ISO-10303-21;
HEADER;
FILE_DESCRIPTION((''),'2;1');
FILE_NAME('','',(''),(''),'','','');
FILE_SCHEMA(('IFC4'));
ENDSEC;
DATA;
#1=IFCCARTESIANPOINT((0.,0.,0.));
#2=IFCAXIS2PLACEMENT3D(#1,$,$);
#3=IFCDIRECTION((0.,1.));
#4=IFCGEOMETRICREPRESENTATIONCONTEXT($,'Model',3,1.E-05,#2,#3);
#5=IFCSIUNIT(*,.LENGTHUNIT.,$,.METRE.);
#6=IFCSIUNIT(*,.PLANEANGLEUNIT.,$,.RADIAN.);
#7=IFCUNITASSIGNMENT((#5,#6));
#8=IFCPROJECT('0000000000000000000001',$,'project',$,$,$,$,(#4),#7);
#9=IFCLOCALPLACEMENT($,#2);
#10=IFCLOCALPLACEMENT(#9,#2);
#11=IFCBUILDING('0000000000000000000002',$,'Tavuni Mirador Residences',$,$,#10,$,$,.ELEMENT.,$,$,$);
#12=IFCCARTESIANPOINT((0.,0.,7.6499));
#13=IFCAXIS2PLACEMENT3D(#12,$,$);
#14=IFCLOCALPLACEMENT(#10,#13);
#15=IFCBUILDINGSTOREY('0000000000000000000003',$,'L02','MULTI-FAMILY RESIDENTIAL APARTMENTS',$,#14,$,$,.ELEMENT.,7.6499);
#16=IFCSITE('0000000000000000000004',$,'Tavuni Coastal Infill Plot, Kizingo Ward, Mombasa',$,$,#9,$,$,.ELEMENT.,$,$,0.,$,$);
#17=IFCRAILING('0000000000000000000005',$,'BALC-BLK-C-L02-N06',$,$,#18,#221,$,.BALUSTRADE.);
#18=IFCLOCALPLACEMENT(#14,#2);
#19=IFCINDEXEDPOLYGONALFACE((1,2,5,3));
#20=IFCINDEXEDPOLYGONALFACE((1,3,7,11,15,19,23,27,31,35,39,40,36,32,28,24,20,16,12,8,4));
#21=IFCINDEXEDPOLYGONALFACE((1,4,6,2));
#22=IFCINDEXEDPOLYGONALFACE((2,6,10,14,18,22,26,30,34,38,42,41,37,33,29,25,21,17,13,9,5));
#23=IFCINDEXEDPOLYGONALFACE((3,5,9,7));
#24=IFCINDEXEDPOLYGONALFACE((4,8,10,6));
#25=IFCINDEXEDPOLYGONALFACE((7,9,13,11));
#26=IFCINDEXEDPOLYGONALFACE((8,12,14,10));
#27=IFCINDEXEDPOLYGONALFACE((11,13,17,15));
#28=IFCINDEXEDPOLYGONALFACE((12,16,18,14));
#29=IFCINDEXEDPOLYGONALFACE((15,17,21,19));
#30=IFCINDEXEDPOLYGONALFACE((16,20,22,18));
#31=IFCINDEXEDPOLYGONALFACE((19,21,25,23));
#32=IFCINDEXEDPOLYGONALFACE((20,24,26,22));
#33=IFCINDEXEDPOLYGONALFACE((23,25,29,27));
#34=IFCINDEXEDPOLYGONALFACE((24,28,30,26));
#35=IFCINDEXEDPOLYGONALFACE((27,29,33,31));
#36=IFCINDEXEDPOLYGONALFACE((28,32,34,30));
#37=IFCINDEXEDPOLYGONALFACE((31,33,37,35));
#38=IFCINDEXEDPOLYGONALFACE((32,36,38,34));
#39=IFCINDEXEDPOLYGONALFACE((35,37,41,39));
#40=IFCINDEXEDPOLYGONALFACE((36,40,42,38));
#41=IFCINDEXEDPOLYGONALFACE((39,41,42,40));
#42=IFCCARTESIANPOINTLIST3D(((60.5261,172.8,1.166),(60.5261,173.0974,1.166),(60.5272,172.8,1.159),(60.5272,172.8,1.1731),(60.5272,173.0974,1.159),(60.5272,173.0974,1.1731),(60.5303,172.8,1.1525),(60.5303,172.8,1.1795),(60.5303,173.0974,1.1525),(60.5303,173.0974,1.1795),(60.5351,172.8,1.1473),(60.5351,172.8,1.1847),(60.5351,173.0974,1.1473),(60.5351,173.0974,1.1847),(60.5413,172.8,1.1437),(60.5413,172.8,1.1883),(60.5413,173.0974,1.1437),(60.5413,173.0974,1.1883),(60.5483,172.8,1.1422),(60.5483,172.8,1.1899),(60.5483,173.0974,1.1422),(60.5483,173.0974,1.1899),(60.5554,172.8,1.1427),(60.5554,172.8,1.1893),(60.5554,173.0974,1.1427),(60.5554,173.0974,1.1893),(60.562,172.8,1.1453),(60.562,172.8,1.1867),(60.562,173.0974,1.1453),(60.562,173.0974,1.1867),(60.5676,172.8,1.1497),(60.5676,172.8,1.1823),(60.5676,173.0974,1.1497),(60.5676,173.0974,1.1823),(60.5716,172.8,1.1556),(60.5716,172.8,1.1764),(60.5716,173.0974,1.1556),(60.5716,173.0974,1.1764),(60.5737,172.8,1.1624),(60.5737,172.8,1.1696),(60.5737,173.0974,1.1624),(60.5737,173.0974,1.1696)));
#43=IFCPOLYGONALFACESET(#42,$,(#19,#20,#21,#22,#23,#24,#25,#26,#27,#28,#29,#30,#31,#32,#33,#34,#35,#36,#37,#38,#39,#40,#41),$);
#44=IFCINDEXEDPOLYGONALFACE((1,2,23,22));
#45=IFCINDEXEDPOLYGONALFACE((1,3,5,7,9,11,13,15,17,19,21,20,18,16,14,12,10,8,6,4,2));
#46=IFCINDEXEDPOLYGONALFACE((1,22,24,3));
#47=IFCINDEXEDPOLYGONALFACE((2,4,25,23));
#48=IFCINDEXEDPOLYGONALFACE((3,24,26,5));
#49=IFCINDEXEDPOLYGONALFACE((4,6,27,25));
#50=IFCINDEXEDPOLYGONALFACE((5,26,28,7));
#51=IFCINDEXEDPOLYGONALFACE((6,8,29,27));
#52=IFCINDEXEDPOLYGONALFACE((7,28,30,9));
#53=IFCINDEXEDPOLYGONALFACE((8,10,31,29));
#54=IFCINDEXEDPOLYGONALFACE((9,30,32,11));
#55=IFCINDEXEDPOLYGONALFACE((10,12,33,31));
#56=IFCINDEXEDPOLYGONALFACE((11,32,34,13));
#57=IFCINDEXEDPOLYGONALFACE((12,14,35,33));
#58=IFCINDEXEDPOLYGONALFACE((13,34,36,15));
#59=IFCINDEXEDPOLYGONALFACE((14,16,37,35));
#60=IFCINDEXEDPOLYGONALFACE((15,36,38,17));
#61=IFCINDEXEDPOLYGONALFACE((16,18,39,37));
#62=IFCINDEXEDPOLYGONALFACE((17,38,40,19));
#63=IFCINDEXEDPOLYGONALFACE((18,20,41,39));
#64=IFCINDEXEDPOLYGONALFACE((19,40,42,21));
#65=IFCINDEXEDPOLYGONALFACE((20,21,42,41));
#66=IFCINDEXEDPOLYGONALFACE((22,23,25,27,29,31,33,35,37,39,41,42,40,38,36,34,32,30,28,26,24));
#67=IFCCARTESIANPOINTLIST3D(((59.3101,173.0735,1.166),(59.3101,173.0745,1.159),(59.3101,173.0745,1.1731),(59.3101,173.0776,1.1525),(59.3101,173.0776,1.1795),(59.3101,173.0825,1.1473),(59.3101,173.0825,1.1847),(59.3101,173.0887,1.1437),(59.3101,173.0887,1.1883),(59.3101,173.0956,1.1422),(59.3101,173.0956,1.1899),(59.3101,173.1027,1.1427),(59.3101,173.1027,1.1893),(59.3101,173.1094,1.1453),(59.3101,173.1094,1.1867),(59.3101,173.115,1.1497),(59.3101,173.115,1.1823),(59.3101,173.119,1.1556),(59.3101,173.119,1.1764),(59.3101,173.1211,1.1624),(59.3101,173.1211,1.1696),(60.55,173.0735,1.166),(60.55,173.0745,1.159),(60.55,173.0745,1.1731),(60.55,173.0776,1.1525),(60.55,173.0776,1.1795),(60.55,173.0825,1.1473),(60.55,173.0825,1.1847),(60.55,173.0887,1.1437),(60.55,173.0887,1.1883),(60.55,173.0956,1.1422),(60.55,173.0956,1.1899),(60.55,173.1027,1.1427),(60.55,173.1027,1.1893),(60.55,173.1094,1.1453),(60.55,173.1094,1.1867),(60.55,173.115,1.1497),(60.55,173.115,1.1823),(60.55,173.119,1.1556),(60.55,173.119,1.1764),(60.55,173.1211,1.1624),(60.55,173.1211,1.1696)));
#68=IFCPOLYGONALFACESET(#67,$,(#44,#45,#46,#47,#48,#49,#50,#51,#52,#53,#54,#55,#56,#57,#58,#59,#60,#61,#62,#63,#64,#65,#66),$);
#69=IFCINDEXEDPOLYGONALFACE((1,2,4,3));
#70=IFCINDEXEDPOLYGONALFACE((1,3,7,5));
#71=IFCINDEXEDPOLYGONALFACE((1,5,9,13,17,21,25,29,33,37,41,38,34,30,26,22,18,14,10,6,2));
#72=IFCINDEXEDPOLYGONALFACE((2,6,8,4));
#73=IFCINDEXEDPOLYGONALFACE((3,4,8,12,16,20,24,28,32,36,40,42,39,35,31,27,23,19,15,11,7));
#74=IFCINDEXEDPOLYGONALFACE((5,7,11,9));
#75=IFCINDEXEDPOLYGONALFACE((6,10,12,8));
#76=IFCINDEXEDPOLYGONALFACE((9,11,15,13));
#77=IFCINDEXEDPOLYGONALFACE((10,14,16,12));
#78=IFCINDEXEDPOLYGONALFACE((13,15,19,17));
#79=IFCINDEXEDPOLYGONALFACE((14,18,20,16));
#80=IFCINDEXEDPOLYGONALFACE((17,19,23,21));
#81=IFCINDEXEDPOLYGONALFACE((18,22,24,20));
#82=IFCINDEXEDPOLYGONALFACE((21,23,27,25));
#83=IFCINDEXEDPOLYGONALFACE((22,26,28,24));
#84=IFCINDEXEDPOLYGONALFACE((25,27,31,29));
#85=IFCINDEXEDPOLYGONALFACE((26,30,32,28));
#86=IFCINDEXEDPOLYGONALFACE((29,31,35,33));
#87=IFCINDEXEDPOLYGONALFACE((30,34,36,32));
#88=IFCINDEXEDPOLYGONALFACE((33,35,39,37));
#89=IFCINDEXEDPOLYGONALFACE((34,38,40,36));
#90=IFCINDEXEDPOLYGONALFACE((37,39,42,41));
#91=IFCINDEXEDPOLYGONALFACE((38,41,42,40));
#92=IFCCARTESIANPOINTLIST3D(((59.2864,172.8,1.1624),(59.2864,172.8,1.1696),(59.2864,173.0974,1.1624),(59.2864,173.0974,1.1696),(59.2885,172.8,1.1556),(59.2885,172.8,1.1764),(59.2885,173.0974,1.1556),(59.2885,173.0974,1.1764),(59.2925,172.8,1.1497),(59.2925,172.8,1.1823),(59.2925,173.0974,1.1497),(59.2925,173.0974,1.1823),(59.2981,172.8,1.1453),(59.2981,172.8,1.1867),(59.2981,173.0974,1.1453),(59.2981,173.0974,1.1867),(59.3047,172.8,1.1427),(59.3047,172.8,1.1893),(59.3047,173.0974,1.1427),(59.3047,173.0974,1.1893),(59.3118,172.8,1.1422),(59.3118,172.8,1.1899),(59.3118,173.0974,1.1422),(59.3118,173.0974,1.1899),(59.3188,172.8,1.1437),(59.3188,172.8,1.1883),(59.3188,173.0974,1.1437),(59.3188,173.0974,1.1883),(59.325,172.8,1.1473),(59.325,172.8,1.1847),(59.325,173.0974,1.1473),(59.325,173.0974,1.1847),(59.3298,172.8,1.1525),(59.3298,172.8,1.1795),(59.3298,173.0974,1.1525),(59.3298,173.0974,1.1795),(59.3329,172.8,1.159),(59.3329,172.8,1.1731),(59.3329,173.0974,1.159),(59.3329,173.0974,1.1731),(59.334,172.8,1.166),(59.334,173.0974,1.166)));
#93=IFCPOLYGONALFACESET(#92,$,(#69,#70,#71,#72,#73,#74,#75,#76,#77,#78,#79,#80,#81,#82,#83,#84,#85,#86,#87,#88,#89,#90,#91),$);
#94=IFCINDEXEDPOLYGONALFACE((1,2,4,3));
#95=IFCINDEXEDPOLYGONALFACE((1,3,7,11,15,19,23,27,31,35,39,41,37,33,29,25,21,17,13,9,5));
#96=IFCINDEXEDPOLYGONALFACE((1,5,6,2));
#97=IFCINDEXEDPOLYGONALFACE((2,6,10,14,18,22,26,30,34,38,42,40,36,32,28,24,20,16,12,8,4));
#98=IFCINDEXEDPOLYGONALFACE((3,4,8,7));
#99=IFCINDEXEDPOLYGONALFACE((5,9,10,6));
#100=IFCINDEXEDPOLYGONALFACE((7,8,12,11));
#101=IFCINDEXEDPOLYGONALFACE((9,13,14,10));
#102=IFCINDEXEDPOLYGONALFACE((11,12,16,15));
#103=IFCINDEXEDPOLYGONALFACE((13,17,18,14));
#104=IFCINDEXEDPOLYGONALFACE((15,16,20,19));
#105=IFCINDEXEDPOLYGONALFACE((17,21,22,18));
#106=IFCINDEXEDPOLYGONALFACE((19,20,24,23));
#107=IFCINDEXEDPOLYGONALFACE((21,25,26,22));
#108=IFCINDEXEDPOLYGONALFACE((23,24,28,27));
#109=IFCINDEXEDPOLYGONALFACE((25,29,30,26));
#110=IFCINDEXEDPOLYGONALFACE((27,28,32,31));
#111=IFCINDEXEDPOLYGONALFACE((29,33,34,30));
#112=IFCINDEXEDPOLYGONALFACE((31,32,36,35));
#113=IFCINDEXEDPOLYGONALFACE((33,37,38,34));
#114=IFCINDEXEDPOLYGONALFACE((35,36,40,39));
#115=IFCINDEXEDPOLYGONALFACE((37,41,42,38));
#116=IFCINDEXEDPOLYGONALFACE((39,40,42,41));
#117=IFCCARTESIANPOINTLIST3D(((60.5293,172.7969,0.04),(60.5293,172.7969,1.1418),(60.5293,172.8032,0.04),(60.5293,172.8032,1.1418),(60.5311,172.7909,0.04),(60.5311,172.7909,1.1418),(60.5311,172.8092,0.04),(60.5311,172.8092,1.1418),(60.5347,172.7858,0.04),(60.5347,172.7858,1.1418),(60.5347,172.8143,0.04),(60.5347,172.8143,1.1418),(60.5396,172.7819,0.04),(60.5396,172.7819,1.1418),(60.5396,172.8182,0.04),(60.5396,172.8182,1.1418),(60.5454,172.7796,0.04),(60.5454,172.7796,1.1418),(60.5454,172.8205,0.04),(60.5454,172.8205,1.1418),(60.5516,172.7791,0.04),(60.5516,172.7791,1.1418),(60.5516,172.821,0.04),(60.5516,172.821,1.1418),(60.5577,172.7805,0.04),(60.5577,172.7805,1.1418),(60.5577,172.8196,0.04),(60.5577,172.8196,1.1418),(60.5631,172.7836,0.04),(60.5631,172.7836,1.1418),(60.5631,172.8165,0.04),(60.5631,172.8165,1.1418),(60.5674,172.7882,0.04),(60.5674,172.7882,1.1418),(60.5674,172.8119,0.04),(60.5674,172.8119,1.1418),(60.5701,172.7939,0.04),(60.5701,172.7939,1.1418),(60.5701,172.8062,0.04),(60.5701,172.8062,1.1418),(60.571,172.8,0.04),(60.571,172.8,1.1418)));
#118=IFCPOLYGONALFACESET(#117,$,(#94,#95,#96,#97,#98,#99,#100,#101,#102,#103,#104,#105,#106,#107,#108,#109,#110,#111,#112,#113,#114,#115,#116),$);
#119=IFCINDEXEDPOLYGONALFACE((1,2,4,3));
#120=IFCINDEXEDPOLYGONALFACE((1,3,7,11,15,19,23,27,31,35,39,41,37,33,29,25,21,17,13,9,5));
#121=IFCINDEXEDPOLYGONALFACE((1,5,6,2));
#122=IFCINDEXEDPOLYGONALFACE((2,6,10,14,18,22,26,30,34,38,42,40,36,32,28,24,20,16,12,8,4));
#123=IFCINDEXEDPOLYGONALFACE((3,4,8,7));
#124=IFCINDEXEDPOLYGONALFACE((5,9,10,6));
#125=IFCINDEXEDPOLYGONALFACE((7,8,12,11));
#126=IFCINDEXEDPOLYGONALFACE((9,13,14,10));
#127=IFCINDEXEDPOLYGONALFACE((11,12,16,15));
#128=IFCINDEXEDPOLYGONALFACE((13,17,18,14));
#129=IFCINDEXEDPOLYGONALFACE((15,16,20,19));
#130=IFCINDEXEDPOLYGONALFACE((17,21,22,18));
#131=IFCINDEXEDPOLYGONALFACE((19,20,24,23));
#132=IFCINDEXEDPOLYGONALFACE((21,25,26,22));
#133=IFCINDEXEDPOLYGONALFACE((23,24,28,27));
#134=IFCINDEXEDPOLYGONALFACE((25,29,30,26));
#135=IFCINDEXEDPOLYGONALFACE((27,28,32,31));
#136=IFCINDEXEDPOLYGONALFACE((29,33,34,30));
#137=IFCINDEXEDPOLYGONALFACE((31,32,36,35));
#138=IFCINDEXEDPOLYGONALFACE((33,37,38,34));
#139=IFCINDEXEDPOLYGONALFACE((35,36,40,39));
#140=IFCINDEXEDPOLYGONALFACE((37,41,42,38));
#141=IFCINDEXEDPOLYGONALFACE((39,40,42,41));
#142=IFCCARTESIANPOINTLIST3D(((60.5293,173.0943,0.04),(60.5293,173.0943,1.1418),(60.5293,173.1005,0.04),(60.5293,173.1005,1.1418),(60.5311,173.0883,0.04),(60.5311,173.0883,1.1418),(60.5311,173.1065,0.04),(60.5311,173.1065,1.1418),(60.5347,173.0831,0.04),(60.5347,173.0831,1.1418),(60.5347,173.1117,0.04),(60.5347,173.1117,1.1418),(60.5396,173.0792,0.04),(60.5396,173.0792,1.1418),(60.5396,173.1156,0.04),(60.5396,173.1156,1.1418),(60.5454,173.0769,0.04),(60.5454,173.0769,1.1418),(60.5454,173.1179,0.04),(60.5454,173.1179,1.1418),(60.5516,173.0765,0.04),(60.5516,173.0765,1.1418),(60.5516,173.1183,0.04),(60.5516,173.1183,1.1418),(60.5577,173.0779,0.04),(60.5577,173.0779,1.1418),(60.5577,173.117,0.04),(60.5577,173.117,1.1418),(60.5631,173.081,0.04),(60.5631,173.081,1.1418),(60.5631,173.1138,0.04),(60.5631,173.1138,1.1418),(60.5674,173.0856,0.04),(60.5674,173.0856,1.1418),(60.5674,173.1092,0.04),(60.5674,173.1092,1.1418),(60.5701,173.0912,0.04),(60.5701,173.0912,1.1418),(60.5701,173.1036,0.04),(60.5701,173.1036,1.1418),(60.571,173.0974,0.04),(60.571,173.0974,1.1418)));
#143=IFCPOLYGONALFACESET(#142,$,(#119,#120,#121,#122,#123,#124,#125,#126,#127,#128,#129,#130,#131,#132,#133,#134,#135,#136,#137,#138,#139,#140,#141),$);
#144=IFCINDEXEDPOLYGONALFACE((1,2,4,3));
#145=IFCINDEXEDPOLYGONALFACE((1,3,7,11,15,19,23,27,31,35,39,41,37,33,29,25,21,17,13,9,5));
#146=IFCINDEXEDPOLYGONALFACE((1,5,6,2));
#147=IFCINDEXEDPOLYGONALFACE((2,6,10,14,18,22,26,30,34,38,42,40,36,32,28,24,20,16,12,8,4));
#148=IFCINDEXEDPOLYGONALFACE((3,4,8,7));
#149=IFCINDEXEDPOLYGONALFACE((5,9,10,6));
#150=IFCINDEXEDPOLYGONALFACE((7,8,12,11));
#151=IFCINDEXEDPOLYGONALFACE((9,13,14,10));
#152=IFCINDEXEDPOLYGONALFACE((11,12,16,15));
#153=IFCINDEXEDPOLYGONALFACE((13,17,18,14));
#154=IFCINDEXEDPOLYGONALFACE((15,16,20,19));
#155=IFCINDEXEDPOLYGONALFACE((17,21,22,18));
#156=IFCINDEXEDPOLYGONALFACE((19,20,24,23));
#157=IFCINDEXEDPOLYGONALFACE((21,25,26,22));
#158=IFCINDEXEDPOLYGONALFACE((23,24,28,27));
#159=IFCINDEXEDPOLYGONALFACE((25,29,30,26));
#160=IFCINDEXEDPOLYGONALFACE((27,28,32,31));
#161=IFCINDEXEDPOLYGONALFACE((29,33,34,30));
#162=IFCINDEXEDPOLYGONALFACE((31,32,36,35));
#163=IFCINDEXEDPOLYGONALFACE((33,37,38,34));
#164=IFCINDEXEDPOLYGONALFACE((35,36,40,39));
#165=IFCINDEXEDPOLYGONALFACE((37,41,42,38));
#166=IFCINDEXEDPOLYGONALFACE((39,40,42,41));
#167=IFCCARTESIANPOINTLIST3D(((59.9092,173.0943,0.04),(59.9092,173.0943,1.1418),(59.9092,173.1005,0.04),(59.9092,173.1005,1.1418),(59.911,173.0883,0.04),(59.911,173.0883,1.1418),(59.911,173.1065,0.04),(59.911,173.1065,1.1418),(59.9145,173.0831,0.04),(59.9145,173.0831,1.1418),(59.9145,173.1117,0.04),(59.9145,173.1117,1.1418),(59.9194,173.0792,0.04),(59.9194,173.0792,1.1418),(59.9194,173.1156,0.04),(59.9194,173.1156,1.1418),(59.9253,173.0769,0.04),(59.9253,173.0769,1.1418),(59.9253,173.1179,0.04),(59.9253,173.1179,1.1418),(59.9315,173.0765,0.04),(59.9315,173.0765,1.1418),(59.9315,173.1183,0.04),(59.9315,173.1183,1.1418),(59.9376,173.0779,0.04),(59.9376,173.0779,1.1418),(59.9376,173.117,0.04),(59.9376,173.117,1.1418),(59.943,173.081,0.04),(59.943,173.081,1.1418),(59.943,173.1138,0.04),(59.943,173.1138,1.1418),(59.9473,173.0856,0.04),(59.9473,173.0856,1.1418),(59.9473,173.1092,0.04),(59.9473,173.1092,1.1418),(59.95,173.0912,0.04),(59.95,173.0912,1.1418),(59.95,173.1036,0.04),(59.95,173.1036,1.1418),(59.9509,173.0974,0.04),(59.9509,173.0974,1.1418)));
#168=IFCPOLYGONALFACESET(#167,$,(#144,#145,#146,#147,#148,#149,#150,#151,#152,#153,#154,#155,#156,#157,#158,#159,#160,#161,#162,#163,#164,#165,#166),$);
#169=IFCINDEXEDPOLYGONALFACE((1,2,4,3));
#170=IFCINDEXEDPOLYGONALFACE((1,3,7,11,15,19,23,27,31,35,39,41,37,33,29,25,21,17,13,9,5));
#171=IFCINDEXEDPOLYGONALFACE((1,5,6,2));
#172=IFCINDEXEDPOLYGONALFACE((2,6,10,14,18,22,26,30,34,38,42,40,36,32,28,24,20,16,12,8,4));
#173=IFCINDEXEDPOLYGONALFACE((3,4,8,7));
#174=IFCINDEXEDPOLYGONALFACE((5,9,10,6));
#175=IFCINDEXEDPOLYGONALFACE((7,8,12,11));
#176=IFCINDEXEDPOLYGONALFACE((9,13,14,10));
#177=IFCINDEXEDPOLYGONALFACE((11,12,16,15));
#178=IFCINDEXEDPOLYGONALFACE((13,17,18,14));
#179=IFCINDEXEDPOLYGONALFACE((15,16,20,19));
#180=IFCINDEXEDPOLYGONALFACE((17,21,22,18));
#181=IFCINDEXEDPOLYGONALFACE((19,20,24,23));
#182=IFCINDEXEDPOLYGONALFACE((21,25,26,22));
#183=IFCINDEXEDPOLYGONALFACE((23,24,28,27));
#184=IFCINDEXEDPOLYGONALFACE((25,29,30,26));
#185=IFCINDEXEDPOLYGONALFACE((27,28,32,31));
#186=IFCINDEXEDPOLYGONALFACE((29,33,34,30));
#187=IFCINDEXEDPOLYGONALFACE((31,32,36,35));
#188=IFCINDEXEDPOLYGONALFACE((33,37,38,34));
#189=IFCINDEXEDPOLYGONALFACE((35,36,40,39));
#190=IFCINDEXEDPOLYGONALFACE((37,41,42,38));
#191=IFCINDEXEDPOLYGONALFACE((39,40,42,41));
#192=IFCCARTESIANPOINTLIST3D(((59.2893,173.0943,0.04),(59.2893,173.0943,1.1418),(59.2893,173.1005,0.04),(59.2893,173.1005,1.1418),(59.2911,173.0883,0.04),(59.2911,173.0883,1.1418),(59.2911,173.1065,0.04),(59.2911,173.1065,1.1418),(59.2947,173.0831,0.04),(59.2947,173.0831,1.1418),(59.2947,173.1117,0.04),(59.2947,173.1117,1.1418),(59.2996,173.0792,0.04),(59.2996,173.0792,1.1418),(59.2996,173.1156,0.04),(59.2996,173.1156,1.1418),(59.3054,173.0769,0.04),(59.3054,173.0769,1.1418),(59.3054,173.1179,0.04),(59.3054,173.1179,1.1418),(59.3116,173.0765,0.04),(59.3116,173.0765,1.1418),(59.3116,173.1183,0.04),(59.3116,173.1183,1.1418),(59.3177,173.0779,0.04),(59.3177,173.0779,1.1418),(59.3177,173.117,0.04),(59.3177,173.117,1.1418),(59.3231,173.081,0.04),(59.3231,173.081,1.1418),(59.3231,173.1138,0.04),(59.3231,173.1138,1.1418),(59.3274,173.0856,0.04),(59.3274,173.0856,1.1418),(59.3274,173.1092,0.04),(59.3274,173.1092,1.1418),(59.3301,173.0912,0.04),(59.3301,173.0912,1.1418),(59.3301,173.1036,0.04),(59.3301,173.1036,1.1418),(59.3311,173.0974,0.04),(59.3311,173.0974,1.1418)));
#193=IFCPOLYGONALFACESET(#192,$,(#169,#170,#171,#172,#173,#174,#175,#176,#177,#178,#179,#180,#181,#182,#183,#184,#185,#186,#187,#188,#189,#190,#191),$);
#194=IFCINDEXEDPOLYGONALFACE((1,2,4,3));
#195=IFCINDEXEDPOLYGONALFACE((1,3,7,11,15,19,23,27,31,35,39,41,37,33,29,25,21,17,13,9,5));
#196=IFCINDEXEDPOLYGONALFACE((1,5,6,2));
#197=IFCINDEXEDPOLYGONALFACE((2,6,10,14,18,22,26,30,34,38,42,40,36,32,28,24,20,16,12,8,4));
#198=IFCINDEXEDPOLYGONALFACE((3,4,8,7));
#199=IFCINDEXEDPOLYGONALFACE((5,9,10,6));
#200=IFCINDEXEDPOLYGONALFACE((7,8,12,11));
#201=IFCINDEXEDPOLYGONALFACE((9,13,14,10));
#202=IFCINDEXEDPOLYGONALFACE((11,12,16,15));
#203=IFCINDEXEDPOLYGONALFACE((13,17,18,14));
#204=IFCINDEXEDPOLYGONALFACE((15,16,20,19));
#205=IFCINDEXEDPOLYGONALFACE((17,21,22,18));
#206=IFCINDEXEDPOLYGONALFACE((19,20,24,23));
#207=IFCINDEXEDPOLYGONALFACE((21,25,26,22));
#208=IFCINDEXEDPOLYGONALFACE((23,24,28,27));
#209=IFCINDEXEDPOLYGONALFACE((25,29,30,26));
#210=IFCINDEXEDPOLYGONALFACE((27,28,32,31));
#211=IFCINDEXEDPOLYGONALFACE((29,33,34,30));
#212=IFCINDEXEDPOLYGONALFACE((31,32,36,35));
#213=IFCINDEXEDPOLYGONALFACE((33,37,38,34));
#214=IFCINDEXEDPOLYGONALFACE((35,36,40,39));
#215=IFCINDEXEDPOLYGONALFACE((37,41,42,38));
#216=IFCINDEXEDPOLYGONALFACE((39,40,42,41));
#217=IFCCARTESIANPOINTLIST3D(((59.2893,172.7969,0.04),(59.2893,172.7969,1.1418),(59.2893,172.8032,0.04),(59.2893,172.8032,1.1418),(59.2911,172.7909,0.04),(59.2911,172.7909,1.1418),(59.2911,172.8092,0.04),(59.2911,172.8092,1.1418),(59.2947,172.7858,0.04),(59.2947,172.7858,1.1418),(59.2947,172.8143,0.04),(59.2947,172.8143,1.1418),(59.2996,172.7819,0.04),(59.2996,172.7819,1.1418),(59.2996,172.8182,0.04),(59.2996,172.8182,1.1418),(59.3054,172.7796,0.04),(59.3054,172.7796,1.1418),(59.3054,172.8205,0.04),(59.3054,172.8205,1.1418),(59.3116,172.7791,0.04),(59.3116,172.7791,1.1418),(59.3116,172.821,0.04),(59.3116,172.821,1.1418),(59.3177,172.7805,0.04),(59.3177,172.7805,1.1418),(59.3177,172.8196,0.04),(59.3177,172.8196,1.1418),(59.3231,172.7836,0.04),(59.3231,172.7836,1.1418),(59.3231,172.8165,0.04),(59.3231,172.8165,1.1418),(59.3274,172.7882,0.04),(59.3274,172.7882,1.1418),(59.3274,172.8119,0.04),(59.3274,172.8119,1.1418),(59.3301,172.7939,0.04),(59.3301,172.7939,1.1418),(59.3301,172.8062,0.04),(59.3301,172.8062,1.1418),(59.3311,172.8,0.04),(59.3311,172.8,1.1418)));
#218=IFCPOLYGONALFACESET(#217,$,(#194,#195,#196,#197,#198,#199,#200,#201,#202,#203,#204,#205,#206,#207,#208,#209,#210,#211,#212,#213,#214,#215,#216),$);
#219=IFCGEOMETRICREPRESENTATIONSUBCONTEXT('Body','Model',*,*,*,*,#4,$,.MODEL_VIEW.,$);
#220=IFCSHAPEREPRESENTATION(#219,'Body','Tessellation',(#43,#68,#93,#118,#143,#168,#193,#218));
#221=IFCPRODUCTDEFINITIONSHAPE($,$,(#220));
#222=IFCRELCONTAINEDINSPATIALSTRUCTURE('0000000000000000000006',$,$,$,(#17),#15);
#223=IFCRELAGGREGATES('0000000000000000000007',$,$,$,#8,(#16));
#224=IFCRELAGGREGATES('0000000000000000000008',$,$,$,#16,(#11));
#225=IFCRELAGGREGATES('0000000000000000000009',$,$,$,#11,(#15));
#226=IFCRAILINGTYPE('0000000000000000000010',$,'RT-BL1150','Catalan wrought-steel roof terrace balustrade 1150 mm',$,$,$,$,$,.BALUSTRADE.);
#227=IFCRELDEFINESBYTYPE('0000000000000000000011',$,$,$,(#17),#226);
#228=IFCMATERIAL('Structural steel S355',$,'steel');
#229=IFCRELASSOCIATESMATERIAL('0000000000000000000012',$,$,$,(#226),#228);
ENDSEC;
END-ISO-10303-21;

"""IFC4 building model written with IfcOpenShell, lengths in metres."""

from ifc_helpers import new_model, si_unit, direction, frame, origin, origin_2d, place, context, subcontext, project, spatial, circle, extrude, material, type_object, element, save


model = new_model("IFC4")

# Units and contexts
model_context = context("Model", 3, precision=1e-05, world=origin(), true_north=direction((0.0, 1.0)))
body_context = subcontext(model_context, "Body", "Model", "MODEL_VIEW")
ifc_project = project(units=[si_unit("LENGTHUNIT", "METRE"), si_unit("PLANEANGLEUNIT", "RADIAN")], contexts=[model_context])

# Site, building, storey
site_placement = place(None, origin())
site = spatial("IfcSite", under=ifc_project, at=site_placement, Name="Tavuni Coastal Infill Plot, Kizingo Ward, Mombasa", CompositionType="ELEMENT", RefElevation=0.0)
building_placement = place(site_placement, origin())
building = spatial("IfcBuilding", under=site, at=building_placement, Name="Tavuni Mirador Residences", CompositionType="ELEMENT")
storey_placement = place(building_placement, frame((0.0, 0.0, 7.6499)))
storey = spatial("IfcBuildingStorey", under=building, at=storey_placement, Name="L02", Description="MULTI-FAMILY RESIDENTIAL APARTMENTS", CompositionType="ELEMENT", Elevation=7.6499)

# Railing
ifc_material_1 = material(Name="Structural steel S355", Category="steel")
railing_type = type_object("IfcRailingType", Name="RT-BL1150", Description="Catalan wrought-steel roof terrace balustrade 1150 mm", PredefinedType="BALUSTRADE", material=ifc_material_1)
railing_placement = place(storey_placement, frame((60.55, 172.8, 0.04)))
element("IfcRailing", 1, at=railing_placement, inside=storey, type_object=railing_type, Name="BALC-BLK-C-L02-N06", PredefinedType="BALUSTRADE", context=body_context, shape_type="SweptSolid", body=[
    extrude(circle(Radius=0.0239, at=origin_2d()), frame((0.0, 0.0, 1.126), z_axis=(0.0, 1.0, 0.0), x_axis=(-1.0, 0.0, 0.0)), (0.0, 0.0, 1.0), 0.2974),
    extrude(circle(Radius=0.0239, at=origin_2d()), frame((0.0, 0.2974, 1.126), z_axis=(-1.0, 0.0, 0.0), x_axis=(0.0, -1.0, 0.0)), (0.0, 0.0, 1.0), 1.24),
    extrude(circle(Radius=0.0239, at=origin_2d()), frame((-1.24, 0.2974, 1.126), z_axis=(0.0, -1.0, 0.0), x_axis=(1.0, 0.0, 0.0)), (0.0, 0.0, 1.0), 0.2974),
    extrude(circle(Radius=0.021, at=origin_2d()), origin(), (0.0, 0.0, 1.0), 1.1018),
    extrude(circle(Radius=0.021, at=origin_2d()), frame((0.0, 0.2974, 0.0)), (0.0, 0.0, 1.0), 1.1018),
    extrude(circle(Radius=0.021, at=origin_2d()), frame((-0.6201, 0.2974, 0.0)), (0.0, 0.0, 1.0), 1.1018),
    extrude(circle(Radius=0.021, at=origin_2d()), frame((-1.24, 0.2974, 0.0)), (0.0, 0.0, 1.0), 1.1018),
    extrude(circle(Radius=0.021, at=origin_2d()), frame((-1.24, 0.0, 0.0)), (0.0, 0.0, 1.0), 1.1018),
])

save(model, "model.ifc")
